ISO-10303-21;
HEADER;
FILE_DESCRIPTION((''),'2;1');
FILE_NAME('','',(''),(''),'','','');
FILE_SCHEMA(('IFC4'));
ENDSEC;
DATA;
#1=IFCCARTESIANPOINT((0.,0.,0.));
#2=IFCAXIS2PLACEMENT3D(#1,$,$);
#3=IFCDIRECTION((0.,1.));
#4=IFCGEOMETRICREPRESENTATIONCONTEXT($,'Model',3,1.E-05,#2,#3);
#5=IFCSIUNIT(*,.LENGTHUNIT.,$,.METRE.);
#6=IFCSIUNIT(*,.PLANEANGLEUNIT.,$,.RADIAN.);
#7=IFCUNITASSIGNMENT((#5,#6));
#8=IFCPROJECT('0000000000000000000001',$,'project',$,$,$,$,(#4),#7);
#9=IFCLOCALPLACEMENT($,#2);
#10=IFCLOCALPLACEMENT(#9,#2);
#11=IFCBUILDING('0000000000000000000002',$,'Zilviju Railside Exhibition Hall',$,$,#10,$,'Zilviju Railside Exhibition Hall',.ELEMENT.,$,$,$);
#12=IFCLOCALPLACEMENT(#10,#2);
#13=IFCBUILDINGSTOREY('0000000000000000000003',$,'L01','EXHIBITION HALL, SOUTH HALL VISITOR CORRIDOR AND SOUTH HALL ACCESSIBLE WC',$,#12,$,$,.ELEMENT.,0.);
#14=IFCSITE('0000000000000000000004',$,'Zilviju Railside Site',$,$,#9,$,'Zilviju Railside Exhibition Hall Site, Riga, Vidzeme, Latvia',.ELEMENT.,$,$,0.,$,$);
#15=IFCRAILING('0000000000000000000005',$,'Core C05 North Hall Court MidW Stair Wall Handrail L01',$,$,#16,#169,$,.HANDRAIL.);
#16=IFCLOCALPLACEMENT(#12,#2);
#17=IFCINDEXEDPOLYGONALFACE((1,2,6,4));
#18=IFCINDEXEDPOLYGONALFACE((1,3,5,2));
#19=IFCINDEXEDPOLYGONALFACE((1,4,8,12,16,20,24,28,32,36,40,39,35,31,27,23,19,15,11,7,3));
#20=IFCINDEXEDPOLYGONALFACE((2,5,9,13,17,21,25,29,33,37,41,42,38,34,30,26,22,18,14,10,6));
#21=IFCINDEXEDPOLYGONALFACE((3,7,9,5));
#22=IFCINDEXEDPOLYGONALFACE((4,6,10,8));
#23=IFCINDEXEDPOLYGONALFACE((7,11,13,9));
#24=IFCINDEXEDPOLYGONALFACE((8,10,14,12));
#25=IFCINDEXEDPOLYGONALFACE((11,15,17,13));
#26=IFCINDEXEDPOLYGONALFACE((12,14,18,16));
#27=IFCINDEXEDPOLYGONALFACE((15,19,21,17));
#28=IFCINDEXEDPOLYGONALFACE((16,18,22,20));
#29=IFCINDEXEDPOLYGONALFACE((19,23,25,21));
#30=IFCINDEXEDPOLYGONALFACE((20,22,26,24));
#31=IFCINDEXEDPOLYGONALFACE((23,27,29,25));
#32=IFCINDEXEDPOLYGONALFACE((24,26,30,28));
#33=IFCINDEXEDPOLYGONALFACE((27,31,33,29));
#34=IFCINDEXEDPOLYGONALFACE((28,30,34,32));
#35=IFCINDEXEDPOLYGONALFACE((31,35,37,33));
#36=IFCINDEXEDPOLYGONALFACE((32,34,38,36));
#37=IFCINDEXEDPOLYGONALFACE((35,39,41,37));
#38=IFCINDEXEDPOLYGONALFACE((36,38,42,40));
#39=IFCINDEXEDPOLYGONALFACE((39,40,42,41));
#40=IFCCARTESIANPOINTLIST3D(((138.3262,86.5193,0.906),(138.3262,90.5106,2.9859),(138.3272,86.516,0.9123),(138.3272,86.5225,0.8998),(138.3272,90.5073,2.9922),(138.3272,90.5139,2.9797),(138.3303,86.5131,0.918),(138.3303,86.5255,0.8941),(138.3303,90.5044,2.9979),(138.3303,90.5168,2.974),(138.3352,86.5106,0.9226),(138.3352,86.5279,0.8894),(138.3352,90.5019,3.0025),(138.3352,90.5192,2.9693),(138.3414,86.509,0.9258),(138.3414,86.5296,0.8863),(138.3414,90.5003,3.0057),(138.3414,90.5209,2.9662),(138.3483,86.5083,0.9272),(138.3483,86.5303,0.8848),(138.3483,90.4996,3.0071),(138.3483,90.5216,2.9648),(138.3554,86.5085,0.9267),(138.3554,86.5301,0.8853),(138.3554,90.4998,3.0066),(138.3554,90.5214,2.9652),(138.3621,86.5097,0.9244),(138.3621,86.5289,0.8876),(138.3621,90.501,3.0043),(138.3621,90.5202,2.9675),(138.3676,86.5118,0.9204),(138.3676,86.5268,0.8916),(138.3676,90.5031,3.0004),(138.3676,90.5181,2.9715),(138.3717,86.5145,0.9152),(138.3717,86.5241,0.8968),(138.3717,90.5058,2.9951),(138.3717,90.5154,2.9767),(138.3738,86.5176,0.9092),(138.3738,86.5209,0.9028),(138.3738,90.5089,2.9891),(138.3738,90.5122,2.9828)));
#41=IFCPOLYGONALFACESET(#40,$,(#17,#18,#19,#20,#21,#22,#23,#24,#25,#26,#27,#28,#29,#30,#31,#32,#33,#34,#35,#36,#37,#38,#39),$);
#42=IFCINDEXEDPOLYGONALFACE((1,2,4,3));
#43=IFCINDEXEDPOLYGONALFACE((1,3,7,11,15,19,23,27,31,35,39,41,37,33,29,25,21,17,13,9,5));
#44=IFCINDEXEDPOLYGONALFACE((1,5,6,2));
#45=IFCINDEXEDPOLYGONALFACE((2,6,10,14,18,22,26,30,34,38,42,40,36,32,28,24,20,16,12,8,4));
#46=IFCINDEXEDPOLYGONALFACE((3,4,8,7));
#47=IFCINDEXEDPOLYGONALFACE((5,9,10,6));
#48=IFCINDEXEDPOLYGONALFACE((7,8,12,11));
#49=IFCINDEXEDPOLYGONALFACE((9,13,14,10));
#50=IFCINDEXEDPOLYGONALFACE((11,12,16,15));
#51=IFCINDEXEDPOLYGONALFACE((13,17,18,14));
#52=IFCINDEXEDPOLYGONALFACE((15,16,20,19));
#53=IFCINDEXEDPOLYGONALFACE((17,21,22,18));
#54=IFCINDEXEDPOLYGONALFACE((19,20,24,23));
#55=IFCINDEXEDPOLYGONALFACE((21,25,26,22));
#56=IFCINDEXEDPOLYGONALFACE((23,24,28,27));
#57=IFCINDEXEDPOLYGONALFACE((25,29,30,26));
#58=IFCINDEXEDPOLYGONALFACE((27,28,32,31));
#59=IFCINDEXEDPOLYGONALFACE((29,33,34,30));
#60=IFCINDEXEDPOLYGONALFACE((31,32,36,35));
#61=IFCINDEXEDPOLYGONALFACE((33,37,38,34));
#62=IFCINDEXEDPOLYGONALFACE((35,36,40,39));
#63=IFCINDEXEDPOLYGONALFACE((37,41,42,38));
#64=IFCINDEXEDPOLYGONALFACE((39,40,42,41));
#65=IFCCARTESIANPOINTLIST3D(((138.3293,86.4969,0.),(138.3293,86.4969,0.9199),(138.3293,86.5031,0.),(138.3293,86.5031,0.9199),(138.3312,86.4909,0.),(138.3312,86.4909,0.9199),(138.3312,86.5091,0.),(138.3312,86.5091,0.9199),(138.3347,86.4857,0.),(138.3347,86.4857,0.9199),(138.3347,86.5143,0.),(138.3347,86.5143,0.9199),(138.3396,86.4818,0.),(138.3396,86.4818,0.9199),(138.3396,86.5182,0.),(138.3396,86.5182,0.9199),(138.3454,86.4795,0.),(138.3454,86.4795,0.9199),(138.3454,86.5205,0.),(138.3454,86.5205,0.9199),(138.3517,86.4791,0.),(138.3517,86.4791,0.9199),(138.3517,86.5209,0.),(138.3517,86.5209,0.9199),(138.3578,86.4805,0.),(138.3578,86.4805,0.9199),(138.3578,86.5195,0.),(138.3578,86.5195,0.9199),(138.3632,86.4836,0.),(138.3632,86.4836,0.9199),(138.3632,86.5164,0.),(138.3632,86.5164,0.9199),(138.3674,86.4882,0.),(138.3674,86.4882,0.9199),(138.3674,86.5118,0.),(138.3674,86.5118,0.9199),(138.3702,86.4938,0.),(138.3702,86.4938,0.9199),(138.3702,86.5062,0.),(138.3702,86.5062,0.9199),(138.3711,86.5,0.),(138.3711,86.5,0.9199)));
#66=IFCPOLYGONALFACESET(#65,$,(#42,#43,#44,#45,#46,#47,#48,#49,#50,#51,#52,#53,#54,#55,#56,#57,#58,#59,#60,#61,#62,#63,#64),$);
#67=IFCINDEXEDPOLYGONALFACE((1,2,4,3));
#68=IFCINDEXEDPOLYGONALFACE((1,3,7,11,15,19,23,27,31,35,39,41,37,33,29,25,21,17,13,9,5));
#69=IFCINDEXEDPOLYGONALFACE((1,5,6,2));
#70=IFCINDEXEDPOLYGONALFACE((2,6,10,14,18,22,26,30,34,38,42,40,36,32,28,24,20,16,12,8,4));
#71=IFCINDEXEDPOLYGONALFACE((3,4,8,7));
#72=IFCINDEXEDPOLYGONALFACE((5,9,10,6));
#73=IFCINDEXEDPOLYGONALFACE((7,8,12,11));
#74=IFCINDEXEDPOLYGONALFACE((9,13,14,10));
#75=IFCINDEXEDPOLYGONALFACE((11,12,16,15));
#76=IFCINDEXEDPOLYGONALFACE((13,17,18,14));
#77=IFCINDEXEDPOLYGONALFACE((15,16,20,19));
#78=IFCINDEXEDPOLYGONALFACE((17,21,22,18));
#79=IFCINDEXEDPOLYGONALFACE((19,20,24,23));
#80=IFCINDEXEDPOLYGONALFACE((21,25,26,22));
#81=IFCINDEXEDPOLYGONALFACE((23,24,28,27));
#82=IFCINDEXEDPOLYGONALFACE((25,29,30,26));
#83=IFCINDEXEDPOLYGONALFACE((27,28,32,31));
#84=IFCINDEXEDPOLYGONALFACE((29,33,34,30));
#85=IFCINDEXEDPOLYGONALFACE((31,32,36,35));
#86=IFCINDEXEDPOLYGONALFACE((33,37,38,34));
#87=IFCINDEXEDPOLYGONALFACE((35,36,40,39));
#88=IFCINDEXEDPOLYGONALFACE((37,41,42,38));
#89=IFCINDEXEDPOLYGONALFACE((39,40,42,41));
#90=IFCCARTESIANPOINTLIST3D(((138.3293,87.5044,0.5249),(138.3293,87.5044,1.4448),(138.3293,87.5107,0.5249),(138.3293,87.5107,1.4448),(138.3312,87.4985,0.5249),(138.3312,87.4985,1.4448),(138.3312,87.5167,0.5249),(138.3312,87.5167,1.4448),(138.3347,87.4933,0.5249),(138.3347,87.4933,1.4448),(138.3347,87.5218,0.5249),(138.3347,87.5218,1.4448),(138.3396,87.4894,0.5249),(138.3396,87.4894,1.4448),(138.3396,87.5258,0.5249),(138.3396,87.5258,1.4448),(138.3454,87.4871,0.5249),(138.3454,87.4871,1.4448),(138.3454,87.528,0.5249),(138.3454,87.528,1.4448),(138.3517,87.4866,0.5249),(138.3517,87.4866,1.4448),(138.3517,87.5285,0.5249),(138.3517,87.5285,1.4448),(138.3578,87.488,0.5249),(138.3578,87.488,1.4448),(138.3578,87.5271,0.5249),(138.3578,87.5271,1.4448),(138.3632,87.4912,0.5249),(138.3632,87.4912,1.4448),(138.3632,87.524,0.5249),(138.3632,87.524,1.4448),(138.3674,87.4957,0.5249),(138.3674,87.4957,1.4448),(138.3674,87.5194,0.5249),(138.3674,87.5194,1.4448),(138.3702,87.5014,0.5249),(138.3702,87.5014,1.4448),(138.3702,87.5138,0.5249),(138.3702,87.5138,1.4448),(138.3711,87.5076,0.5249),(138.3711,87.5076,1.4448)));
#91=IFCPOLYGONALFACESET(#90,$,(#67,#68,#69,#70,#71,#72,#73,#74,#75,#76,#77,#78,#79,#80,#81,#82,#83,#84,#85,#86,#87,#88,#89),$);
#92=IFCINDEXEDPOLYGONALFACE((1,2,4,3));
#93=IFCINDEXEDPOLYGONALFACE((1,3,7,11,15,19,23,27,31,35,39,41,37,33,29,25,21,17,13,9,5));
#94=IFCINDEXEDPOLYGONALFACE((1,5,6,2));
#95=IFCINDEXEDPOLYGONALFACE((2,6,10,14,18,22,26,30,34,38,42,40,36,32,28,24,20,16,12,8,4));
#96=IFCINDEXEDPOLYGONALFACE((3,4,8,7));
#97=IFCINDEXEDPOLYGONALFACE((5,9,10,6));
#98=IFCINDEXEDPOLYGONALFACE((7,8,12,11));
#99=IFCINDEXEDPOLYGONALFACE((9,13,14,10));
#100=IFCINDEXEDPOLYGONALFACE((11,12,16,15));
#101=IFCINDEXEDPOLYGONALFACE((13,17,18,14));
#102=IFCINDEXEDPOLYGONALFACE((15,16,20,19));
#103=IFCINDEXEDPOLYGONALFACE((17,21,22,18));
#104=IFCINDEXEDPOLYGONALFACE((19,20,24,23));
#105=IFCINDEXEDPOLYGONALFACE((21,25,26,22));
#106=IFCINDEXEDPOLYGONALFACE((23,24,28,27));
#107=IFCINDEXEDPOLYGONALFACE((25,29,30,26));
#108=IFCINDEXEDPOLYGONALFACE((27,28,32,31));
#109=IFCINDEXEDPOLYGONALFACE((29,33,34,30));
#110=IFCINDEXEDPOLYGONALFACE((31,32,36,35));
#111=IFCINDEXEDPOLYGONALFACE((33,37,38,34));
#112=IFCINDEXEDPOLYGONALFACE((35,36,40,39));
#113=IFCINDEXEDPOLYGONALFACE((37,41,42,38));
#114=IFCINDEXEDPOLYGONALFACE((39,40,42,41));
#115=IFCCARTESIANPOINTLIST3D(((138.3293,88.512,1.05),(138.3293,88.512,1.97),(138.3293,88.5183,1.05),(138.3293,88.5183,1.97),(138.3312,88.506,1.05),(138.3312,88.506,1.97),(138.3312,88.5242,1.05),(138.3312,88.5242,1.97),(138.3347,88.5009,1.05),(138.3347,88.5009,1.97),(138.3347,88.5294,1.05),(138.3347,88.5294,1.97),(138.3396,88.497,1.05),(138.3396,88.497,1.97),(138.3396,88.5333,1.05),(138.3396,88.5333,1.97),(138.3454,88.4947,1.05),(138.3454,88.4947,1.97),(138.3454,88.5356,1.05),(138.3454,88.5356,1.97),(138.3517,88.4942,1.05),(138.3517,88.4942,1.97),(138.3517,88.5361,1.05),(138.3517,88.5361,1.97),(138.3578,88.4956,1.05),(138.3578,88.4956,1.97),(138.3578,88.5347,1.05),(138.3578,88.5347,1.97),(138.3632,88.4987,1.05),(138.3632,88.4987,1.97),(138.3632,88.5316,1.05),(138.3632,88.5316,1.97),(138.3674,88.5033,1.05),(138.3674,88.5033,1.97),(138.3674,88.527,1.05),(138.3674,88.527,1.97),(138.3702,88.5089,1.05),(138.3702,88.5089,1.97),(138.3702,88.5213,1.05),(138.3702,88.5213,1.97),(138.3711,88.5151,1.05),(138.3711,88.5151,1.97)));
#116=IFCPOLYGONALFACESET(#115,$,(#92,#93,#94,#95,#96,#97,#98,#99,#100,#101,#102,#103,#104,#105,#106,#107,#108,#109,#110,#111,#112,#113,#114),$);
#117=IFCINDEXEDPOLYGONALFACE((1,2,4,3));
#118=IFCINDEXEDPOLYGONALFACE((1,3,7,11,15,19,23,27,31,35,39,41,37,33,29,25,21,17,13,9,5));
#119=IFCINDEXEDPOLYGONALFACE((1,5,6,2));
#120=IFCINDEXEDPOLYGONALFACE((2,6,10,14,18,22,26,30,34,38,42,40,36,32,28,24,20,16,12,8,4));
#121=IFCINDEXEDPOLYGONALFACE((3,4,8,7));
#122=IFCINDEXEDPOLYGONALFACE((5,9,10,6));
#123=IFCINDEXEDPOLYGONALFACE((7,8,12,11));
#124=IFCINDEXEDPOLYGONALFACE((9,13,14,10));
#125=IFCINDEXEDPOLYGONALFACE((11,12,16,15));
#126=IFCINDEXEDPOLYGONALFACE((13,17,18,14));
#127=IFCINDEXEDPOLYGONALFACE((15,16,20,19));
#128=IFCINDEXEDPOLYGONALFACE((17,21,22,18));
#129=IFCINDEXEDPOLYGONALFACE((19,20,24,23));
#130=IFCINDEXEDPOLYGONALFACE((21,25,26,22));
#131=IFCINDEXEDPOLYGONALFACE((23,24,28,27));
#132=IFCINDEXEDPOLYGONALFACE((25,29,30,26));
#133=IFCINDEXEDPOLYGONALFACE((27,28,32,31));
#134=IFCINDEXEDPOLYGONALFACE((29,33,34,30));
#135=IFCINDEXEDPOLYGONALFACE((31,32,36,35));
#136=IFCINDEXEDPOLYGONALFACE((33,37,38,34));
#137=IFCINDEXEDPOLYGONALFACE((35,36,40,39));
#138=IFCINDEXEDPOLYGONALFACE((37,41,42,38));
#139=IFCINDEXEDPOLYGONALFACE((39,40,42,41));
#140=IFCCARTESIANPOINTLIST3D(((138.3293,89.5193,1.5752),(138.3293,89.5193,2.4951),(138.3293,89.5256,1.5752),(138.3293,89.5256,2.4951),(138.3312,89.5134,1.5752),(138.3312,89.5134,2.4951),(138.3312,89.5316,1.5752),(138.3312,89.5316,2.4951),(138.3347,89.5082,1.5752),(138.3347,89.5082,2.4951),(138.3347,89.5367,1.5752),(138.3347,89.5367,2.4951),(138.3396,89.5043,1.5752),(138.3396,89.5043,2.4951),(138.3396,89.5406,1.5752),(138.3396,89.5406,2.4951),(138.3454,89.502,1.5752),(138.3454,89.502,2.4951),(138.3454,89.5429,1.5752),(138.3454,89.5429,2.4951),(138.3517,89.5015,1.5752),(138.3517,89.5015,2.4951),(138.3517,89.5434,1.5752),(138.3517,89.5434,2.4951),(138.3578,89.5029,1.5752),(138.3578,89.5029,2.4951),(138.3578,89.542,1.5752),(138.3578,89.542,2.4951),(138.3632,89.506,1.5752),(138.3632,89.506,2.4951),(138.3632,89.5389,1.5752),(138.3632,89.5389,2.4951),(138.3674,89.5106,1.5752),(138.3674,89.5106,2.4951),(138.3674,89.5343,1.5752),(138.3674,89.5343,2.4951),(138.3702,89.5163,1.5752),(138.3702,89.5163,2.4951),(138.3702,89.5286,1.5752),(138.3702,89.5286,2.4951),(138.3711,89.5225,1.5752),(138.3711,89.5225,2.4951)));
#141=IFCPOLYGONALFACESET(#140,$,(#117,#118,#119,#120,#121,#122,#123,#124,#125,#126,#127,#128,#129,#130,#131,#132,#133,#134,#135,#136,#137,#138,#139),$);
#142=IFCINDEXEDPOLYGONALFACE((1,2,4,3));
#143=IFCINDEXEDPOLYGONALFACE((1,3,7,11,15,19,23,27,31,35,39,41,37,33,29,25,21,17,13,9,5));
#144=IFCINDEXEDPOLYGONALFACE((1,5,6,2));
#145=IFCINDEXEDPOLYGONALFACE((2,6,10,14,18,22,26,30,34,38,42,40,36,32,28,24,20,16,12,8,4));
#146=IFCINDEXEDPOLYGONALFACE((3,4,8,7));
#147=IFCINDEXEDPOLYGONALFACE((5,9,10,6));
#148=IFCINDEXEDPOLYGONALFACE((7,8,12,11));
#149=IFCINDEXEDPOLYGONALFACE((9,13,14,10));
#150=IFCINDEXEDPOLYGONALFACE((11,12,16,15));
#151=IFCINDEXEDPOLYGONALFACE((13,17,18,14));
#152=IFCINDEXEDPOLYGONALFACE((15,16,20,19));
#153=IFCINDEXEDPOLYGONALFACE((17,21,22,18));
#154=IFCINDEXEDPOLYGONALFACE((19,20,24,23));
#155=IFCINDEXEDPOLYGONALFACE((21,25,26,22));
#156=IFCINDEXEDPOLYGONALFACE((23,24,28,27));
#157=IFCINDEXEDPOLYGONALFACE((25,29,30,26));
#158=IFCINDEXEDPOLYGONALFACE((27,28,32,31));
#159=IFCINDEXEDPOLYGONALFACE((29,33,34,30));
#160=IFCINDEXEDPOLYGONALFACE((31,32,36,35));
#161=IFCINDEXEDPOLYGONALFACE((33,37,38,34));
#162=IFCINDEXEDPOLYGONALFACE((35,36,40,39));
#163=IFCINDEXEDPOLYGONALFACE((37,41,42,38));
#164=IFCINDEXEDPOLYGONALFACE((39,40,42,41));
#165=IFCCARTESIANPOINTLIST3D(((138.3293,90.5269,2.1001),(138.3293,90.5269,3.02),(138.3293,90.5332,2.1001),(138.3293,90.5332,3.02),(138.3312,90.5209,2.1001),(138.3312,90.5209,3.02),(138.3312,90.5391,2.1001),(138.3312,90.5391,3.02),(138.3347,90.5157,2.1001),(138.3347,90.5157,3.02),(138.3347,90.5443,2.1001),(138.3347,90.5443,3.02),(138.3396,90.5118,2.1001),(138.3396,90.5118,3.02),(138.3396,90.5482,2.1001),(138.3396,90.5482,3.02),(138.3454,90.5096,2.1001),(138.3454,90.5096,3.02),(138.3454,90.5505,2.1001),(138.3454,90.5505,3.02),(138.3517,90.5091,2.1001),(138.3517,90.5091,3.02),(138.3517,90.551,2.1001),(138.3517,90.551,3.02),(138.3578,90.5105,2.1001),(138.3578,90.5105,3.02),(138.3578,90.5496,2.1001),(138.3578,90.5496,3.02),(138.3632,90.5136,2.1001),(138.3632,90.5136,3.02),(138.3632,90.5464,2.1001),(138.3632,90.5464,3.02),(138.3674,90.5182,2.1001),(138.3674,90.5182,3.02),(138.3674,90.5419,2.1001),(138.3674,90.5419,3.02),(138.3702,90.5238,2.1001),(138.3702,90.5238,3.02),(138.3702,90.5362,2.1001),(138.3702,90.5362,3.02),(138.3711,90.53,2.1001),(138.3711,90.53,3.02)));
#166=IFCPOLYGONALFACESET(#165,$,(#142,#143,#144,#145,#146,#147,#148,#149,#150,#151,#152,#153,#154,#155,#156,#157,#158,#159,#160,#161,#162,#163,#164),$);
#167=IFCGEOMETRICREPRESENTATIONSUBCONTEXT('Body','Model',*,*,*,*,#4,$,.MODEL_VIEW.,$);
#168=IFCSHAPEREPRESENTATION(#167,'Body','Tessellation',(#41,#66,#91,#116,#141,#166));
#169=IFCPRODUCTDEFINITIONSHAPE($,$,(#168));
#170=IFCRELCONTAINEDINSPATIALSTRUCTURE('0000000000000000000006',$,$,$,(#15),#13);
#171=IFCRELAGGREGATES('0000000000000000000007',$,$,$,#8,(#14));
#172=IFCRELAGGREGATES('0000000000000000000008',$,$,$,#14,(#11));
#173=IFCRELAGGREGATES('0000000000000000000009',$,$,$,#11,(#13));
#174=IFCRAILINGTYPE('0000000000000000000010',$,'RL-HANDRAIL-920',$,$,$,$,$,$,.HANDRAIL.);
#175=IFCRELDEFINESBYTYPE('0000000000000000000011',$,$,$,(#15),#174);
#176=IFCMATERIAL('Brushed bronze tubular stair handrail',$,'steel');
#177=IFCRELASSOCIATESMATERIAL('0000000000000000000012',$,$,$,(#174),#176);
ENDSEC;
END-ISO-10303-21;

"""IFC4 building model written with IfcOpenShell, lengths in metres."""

from ifc_helpers import new_model, si_unit, direction, frame, origin, origin_2d, place, context, subcontext, project, spatial, circle, extrude, material, type_object, element, save


model = new_model("IFC4")

# Units and contexts
model_context = context("Model", 3, precision=1e-05, world=origin(), true_north=direction((0.0, 1.0)))
body_context = subcontext(model_context, "Body", "Model", "MODEL_VIEW")
ifc_project = project(units=[si_unit("LENGTHUNIT", "METRE"), si_unit("PLANEANGLEUNIT", "RADIAN")], contexts=[model_context])

# Site, building, storey
site_placement = place(None, origin())
site = spatial("IfcSite", under=ifc_project, at=site_placement, Name="Zilviju Railside Site", LongName="Zilviju Railside Exhibition Hall Site, Riga, Vidzeme, Latvia", CompositionType="ELEMENT", RefElevation=0.0)
building_placement = place(site_placement, origin())
building = spatial("IfcBuilding", under=site, at=building_placement, Name="Zilviju Railside Exhibition Hall", LongName="Zilviju Railside Exhibition Hall", CompositionType="ELEMENT")
storey_placement = place(building_placement, origin())
storey = spatial("IfcBuildingStorey", under=building, at=storey_placement, Name="L01", Description="EXHIBITION HALL, SOUTH HALL VISITOR CORRIDOR AND SOUTH HALL ACCESSIBLE WC", CompositionType="ELEMENT", Elevation=0.0)

# Railing
ifc_material_1 = material(Name="Brushed bronze tubular stair handrail", Category="steel")
railing_type_1 = type_object("IfcRailingType", Name="RL-HANDRAIL-920", PredefinedType="HANDRAIL", material=ifc_material_1)
railing_1_placement = place(storey_placement, frame((138.3501, 86.5, 0.0)))
element("IfcRailing", 1, at=railing_1_placement, inside=storey, type_object=railing_type_1, Name="Core C05 North Hall Court MidW Stair Wall Handrail L01", PredefinedType="HANDRAIL", context=body_context, shape_type="SweptSolid", body=[
    extrude(circle(Radius=0.0239, at=origin_2d()), frame((0.0, 0.0193, 0.906), z_axis=(0.0, 0.886813, 0.462129), x_axis=(-1.0, 0.0, 0.0)), (0.0, 0.0, 1.0), 4.5007),
    extrude(circle(Radius=0.021, at=origin_2d()), origin(), (0.0, 0.0, 1.0), 0.9199),
    extrude(circle(Radius=0.021, at=origin_2d()), frame((0.0, 1.0076, 0.5249)), (0.0, 0.0, 1.0), 0.9199),
    extrude(circle(Radius=0.021, at=origin_2d()), frame((0.0, 2.0151, 1.05)), (0.0, 0.0, 1.0), 0.9199),
    extrude(circle(Radius=0.021, at=origin_2d()), frame((0.0, 3.0225, 1.5752)), (0.0, 0.0, 1.0), 0.9199),
    extrude(circle(Radius=0.021, at=origin_2d()), frame((0.0, 4.03, 2.1001)), (0.0, 0.0, 1.0), 0.9199),
])

save(model, "model.ifc")
